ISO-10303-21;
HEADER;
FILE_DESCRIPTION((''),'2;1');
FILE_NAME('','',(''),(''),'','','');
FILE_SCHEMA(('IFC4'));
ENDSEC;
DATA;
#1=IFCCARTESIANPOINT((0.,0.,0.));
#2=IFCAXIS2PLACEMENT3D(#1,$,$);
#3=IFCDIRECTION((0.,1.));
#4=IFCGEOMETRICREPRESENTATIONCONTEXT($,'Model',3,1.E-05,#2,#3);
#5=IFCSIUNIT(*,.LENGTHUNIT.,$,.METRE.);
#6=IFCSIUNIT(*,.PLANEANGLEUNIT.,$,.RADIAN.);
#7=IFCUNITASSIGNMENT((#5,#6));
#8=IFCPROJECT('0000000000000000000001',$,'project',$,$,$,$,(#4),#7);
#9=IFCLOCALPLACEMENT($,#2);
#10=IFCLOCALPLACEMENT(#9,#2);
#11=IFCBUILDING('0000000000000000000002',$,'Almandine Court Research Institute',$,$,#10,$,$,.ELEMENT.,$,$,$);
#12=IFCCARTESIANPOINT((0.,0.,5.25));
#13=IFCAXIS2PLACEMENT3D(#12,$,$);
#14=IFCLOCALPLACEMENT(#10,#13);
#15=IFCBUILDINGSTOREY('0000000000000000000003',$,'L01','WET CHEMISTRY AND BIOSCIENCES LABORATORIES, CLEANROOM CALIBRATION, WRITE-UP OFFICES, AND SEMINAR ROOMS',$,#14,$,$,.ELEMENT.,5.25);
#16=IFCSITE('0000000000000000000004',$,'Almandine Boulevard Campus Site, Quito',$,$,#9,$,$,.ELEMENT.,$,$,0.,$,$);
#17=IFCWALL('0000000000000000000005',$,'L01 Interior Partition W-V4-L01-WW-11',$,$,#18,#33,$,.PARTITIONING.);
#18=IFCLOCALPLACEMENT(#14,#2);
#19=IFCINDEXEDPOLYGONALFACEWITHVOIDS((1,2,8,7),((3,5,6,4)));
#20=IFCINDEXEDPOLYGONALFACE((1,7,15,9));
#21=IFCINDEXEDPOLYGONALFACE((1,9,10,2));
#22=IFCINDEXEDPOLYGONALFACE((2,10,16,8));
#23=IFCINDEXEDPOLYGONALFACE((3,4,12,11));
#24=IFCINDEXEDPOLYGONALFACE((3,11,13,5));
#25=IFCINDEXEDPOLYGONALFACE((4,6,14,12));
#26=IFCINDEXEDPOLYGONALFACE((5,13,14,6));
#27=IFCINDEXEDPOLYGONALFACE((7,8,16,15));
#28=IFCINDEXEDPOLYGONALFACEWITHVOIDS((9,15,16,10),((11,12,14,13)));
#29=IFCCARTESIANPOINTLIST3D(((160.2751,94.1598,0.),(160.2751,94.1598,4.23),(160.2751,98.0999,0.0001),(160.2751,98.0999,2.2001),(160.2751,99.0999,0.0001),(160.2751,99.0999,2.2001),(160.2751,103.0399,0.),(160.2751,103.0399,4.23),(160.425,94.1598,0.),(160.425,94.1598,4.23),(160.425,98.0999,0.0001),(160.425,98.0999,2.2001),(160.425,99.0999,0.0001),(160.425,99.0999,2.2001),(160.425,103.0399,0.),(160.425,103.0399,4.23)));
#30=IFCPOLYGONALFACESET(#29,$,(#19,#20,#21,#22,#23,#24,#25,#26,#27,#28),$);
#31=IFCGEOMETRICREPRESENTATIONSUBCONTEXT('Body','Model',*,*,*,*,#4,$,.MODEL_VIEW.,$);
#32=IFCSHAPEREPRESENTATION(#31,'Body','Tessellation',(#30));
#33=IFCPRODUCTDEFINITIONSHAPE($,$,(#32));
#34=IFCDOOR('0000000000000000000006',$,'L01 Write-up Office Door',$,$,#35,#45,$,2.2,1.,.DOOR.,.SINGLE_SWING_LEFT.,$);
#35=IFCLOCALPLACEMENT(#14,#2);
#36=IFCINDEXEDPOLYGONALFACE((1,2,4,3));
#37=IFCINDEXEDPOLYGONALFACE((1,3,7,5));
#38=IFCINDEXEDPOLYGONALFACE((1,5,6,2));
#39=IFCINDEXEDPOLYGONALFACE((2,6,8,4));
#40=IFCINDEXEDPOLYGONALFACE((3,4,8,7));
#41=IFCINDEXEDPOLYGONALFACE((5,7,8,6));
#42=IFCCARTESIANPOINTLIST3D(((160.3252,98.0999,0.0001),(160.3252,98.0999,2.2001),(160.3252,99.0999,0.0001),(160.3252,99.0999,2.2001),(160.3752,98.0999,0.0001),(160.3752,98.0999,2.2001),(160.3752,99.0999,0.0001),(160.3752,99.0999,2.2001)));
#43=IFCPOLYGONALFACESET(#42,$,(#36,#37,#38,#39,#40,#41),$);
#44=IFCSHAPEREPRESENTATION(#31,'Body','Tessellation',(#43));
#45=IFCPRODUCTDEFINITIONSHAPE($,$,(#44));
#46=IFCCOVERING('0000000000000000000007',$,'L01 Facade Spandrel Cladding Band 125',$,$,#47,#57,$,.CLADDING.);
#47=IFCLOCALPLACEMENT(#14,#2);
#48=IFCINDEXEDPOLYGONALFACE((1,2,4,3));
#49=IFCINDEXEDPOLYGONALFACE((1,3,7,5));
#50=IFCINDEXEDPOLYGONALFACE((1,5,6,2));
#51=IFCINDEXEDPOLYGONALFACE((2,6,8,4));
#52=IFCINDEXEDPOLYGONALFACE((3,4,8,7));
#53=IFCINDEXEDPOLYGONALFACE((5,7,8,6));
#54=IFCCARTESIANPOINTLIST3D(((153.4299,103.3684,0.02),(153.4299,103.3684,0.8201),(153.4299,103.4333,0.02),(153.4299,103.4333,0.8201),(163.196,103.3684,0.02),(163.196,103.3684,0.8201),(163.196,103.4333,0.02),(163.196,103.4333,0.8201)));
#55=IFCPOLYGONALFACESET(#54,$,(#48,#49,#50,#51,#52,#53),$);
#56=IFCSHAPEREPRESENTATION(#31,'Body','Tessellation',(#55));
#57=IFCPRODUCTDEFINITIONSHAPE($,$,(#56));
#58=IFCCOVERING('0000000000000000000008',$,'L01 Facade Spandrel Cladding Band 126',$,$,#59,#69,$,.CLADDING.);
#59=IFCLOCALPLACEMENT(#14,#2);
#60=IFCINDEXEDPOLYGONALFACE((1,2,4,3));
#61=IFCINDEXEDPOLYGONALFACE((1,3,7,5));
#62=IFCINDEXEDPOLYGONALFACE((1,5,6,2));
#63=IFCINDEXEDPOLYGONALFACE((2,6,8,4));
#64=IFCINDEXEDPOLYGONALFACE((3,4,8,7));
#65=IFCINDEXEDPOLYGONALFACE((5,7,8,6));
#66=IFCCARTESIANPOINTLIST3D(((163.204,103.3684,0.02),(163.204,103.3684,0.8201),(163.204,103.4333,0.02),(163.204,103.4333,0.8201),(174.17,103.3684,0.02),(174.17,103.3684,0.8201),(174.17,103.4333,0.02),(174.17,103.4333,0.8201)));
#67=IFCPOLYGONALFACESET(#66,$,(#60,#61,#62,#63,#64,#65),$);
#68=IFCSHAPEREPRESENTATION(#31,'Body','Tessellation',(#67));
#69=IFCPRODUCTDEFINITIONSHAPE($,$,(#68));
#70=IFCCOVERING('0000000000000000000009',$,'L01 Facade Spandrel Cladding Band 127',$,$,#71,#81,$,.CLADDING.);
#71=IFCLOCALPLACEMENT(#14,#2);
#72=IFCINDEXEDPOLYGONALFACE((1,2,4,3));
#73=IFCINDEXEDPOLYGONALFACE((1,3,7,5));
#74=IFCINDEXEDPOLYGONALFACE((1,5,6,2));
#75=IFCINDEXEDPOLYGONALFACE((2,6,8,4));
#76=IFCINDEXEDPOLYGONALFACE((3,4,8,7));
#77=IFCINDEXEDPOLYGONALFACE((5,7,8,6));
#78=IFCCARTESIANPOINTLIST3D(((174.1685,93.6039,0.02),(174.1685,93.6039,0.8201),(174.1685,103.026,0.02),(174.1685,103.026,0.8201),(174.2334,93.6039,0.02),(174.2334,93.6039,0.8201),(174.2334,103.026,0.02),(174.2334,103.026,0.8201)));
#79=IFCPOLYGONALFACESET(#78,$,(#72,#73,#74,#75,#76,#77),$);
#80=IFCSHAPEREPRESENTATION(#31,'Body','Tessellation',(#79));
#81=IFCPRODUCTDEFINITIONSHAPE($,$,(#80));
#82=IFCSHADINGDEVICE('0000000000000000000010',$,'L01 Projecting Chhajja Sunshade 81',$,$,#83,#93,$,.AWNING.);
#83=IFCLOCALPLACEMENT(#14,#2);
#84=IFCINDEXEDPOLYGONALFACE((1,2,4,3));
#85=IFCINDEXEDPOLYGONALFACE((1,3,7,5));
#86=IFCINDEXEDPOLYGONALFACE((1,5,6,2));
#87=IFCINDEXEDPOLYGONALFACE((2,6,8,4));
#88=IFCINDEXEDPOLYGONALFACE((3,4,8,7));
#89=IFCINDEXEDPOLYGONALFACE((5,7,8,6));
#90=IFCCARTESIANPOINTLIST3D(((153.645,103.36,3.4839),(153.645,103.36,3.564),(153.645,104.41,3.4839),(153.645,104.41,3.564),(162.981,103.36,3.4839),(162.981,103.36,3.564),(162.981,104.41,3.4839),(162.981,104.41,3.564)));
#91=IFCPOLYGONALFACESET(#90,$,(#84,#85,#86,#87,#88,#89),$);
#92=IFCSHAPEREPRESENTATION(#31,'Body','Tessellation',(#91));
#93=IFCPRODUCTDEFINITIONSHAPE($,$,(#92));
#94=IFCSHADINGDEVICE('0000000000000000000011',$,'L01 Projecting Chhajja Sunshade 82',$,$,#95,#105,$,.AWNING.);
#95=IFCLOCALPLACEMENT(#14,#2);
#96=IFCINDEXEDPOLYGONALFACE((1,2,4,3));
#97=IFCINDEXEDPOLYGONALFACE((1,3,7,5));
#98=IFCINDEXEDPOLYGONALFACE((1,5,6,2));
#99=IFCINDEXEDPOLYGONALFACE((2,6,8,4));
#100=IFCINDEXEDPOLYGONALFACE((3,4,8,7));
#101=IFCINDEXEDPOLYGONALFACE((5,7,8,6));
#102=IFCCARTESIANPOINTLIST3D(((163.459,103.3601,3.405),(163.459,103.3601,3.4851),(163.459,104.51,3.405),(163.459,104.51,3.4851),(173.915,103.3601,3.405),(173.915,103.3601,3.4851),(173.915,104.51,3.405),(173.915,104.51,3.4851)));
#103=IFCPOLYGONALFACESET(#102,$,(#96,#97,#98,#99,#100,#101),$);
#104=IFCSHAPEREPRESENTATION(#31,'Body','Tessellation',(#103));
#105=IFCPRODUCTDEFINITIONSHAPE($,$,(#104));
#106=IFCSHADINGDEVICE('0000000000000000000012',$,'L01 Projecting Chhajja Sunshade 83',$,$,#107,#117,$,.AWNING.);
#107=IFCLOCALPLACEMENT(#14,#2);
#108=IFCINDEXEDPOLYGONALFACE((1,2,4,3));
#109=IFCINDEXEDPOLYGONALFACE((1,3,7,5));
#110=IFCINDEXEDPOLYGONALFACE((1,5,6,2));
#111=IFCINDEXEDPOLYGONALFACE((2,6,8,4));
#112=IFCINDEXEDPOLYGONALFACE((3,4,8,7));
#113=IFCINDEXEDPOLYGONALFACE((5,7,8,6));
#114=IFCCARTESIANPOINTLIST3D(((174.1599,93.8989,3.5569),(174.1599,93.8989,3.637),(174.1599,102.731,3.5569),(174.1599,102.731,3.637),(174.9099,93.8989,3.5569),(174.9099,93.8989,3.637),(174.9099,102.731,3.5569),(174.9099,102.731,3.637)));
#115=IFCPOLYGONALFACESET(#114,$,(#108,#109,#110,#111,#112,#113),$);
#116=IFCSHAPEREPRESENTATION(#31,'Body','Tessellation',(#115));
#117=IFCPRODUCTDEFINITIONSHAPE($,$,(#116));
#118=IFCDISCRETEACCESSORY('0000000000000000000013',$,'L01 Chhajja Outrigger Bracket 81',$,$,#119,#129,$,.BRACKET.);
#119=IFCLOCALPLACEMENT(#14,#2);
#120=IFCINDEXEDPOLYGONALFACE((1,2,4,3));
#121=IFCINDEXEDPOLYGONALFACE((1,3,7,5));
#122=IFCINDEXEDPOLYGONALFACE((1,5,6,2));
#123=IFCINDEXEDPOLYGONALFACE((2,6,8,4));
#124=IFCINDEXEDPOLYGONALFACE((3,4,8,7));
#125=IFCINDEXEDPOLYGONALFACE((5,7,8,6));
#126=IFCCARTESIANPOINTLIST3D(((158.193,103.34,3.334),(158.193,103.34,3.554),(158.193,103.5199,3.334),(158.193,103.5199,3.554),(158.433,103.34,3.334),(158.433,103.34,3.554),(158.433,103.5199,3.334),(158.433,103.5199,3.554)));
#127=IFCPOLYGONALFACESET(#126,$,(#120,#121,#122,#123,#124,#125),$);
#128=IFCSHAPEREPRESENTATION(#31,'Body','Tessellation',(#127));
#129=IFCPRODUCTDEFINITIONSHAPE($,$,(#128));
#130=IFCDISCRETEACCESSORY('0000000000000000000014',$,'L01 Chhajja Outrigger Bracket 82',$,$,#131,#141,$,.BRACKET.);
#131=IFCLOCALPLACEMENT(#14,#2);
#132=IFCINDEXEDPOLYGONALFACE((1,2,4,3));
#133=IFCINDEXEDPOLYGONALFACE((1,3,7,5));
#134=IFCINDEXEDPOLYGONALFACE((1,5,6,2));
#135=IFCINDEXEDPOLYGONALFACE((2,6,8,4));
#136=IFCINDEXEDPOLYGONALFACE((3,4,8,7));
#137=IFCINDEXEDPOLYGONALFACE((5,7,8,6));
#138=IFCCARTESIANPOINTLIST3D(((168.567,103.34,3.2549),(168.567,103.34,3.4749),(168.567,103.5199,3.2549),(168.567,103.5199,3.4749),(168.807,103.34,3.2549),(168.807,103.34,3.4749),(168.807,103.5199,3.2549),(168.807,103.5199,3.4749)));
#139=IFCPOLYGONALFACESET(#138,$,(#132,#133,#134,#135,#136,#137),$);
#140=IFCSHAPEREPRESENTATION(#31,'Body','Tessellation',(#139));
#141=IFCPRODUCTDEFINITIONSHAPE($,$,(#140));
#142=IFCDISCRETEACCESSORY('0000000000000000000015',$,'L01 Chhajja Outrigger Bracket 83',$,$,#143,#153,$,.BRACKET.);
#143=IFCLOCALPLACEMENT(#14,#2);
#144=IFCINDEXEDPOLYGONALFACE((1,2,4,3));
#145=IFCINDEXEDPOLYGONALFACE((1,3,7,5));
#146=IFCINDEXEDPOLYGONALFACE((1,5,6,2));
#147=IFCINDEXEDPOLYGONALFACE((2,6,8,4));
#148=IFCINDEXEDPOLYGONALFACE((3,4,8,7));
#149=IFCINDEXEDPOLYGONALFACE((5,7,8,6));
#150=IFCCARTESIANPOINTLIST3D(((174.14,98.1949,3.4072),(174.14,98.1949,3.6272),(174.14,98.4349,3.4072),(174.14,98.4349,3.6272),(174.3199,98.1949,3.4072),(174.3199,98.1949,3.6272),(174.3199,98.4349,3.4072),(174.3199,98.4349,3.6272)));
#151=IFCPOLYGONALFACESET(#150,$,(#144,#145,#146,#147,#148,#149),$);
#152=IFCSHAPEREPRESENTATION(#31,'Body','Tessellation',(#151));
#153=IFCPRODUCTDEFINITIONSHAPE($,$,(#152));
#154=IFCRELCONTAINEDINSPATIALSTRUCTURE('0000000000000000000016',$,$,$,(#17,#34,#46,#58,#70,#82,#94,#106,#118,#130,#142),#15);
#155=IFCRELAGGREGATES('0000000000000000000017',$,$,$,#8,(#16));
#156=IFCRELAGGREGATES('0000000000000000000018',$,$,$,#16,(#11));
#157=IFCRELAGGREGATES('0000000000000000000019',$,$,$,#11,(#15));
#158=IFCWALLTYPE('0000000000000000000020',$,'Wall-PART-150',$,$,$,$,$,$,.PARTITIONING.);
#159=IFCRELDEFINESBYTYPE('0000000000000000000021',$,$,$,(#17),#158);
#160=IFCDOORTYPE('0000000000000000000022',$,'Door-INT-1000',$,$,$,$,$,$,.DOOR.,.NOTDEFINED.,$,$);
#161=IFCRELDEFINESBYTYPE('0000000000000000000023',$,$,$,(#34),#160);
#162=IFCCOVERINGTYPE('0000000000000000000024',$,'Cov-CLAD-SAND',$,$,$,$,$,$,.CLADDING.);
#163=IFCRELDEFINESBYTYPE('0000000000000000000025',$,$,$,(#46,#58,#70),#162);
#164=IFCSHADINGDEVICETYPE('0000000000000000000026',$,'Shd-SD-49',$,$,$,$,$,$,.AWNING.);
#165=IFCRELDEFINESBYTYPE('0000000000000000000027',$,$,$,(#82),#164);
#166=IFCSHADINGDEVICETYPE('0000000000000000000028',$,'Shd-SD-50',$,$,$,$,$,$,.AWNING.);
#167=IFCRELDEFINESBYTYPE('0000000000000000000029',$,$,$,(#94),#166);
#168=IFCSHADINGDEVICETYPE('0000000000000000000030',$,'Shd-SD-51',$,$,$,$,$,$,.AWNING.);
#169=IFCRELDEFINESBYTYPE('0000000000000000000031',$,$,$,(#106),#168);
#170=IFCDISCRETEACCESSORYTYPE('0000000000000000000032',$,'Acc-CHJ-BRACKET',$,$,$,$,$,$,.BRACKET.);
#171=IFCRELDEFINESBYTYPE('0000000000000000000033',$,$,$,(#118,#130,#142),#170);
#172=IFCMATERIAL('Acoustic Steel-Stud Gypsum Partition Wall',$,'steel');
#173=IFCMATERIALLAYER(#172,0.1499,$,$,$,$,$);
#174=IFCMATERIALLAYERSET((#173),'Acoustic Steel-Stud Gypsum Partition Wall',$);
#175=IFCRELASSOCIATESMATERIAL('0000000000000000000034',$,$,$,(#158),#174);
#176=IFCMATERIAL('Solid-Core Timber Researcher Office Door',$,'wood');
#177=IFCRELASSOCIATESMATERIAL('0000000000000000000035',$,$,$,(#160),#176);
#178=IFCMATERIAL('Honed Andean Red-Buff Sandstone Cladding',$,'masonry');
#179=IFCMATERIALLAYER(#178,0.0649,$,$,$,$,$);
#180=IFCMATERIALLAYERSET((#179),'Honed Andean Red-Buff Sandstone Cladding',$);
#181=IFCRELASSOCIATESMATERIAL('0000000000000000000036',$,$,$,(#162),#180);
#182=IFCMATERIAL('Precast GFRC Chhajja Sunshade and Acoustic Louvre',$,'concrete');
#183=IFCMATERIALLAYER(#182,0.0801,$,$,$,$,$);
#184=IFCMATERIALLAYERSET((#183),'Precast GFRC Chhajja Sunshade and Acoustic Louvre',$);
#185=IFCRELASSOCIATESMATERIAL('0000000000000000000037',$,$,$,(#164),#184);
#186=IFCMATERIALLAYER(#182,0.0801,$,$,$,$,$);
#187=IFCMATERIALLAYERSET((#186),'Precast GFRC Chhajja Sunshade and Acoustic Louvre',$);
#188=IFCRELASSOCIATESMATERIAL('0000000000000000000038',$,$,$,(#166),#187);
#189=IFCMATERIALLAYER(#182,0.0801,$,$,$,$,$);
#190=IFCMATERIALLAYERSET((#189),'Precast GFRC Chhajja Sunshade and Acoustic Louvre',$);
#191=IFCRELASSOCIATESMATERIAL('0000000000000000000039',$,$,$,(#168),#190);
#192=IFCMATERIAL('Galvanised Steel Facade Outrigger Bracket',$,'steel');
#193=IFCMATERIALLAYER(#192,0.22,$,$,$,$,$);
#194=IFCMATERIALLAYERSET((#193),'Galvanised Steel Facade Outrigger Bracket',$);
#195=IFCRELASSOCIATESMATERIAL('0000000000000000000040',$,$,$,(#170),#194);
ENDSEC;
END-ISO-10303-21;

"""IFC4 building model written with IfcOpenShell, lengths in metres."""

from ifc_helpers import new_model, si_unit, direction, frame, frame_2d, origin, origin_2d, place, context, subcontext, project, spatial, rectangle, extrude, material, layer, layer_set, type_object, element, fill, save


model = new_model("IFC4")

# Units and contexts
model_context = context("Model", 3, precision=1e-05, world=origin(), true_north=direction((0.0, 1.0)))
body_context = subcontext(model_context, "Body", "Model", "MODEL_VIEW")
ifc_project = project(units=[si_unit("LENGTHUNIT", "METRE"), si_unit("PLANEANGLEUNIT", "RADIAN")], contexts=[model_context])

# Site, building, storey
site_placement = place(None, origin())
site = spatial("IfcSite", under=ifc_project, at=site_placement, Name="Almandine Boulevard Campus Site, Quito", CompositionType="ELEMENT", RefElevation=0.0)
building_placement = place(site_placement, origin())
building = spatial("IfcBuilding", under=site, at=building_placement, Name="Almandine Court Research Institute", CompositionType="ELEMENT")
storey_placement = place(building_placement, frame((0.0, 0.0, 5.25)))
storey = spatial("IfcBuildingStorey", under=building, at=storey_placement, Name="L01", Description="WET CHEMISTRY AND BIOSCIENCES LABORATORIES, CLEANROOM CALIBRATION, WRITE-UP OFFICES, AND SEMINAR ROOMS", CompositionType="ELEMENT", Elevation=5.25)

# Wall, opening, door
ifc_material_1 = material(Name="Acoustic Steel-Stud Gypsum Partition Wall", Category="steel")
ifc_layer_1 = layer(ifc_material_1, 0.1499)
ifc_layer_set_1 = layer_set([ifc_layer_1], Name="Acoustic Steel-Stud Gypsum Partition Wall")
wall_type_1 = type_object("IfcWallType", Name="Wall-PART-150", PredefinedType="PARTITIONING", material=ifc_layer_set_1)
wall_1_placement = place(storey_placement, frame((160.3501, 94.1599, 0.0), z_axis=(0.0, 0.0, 1.0), x_axis=(0.0, 1.0, 0.0)))
wall_1 = element("IfcWall", 1, at=wall_1_placement, inside=storey, type_object=wall_type_1, Name="L01 Interior Partition W-V4-L01-WW-11", PredefinedType="PARTITIONING", context=body_context, shape_type="SweptSolid", body=[
    extrude(rectangle(XDim=8.8801, YDim=0.1499, at=frame_2d((4.4399, 0.0))), origin(), (0.0, 0.0, 1.0), 4.23),
])
opening_1_placement = place(wall_1_placement, frame((3.9399, 0.0, 0.0)))
opening_1 = element("IfcOpeningElement", 2, at=opening_1_placement, cuts=wall_1, PredefinedType="OPENING", context=body_context, shape_type="SweptSolid", body=[
    extrude(rectangle(XDim=1.0, YDim=2.2, at=frame_2d((0.5, 1.1001))), frame((0.0, 0.085, 0.0), z_axis=(0.0, -1.0, 0.0), x_axis=(1.0, 0.0, 0.0)), (0.0, 0.0, 1.0), 0.1699),
])
ifc_material_2 = material(Name="Solid-Core Timber Researcher Office Door", Category="wood")
door_type = type_object("IfcDoorType", Name="Door-INT-1000", OperationType="NOTDEFINED", PredefinedType="DOOR", material=ifc_material_2)
door_placement = place(opening_1_placement, origin())
door = element("IfcDoor", 3, at=door_placement, inside=storey, type_object=door_type, Name="L01 Write-up Office Door", OperationType="SINGLE_SWING_LEFT", OverallHeight=2.2, OverallWidth=1.0, PredefinedType="DOOR", context=body_context, shape_type="SweptSolid", body=[
    extrude(rectangle(XDim=1.0, YDim=2.2, at=frame_2d((0.5, 1.1001))), frame((0.0, 0.0249, 0.0), z_axis=(0.0, -1.0, 0.0), x_axis=(1.0, 0.0, 0.0)), (0.0, 0.0, 1.0), 0.05),
])
fill(opening_1, door)

# Coverings
ifc_material_3 = material(Name="Honed Andean Red-Buff Sandstone Cladding", Category="masonry")
ifc_layer_2 = layer(ifc_material_3, 0.0649)
ifc_layer_set_2 = layer_set([ifc_layer_2], Name="Honed Andean Red-Buff Sandstone Cladding")
covering_type = type_object("IfcCoveringType", Name="Cov-CLAD-SAND", PredefinedType="CLADDING", material=ifc_layer_set_2)
covering_1_placement = place(storey_placement, frame((158.313, 103.4009, 0.02), z_axis=(0.0, 0.0, 1.0), x_axis=(1.0, 0.0, 0.0)))
element("IfcCovering", 4, at=covering_1_placement, inside=storey, type_object=covering_type, Name="L01 Facade Spandrel Cladding Band 125", PredefinedType="CLADDING", context=body_context, shape_type="SweptSolid", body=[
    extrude(rectangle(XDim=9.7661, YDim=0.0649, at=origin_2d()), origin(), (0.0, 0.0, 1.0), 0.8),
])
covering_2_placement = place(storey_placement, frame((168.687, 103.4009, 0.02), z_axis=(0.0, 0.0, 1.0), x_axis=(1.0, 0.0, 0.0)))
element("IfcCovering", 5, at=covering_2_placement, inside=storey, type_object=covering_type, Name="L01 Facade Spandrel Cladding Band 126", PredefinedType="CLADDING", context=body_context, shape_type="SweptSolid", body=[
    extrude(rectangle(XDim=10.9661, YDim=0.0649, at=origin_2d()), origin(), (0.0, 0.0, 1.0), 0.8),
])
covering_3_placement = place(storey_placement, frame((174.2009, 98.3149, 0.02), z_axis=(0.0, 0.0, 1.0), x_axis=(0.0, -1.0, 0.0)))
element("IfcCovering", 6, at=covering_3_placement, inside=storey, type_object=covering_type, Name="L01 Facade Spandrel Cladding Band 127", PredefinedType="CLADDING", context=body_context, shape_type="SweptSolid", body=[
    extrude(rectangle(XDim=9.4221, YDim=0.0649, at=origin_2d()), origin(), (0.0, 0.0, 1.0), 0.8),
])

# Shading devices
ifc_material_4 = material(Name="Precast GFRC Chhajja Sunshade and Acoustic Louvre", Category="concrete")
ifc_layer_3 = layer(ifc_material_4, 0.0801)
ifc_layer_set_3 = layer_set([ifc_layer_3], Name="Precast GFRC Chhajja Sunshade and Acoustic Louvre")
shading_device_type_1 = type_object("IfcShadingDeviceType", Name="Shd-SD-49", PredefinedType="AWNING", material=ifc_layer_set_3)
shading_device_1_placement = place(storey_placement, frame((158.313, 103.885, 3.4839), z_axis=(0.0, 0.0, 1.0), x_axis=(1.0, 0.0, 0.0)))
element("IfcShadingDevice", 7, at=shading_device_1_placement, inside=storey, type_object=shading_device_type_1, Name="L01 Projecting Chhajja Sunshade 81", PredefinedType="AWNING", context=body_context, shape_type="SweptSolid", body=[
    extrude(rectangle(XDim=9.3359, YDim=1.05, at=origin_2d()), origin(), (0.0, 0.0, 1.0), 0.0801),
])
ifc_layer_4 = layer(ifc_material_4, 0.0801)
ifc_layer_set_4 = layer_set([ifc_layer_4], Name="Precast GFRC Chhajja Sunshade and Acoustic Louvre")
shading_device_type_2 = type_object("IfcShadingDeviceType", Name="Shd-SD-50", PredefinedType="AWNING", material=ifc_layer_set_4)
shading_device_2_placement = place(storey_placement, frame((168.687, 103.9351, 3.405), z_axis=(0.0, 0.0, 1.0), x_axis=(1.0, 0.0, 0.0)))
element("IfcShadingDevice", 8, at=shading_device_2_placement, inside=storey, type_object=shading_device_type_2, Name="L01 Projecting Chhajja Sunshade 82", PredefinedType="AWNING", context=body_context, shape_type="SweptSolid", body=[
    extrude(rectangle(XDim=10.4561, YDim=1.1499, at=origin_2d()), origin(), (0.0, 0.0, 1.0), 0.0801),
])
ifc_layer_5 = layer(ifc_material_4, 0.0801)
ifc_layer_set_5 = layer_set([ifc_layer_5], Name="Precast GFRC Chhajja Sunshade and Acoustic Louvre")
shading_device_type_3 = type_object("IfcShadingDeviceType", Name="Shd-SD-51", PredefinedType="AWNING", material=ifc_layer_set_5)
shading_device_3_placement = place(storey_placement, frame((174.5349, 98.3149, 3.5569), z_axis=(0.0, 0.0, 1.0), x_axis=(0.0, -1.0, 0.0)))
element("IfcShadingDevice", 9, at=shading_device_3_placement, inside=storey, type_object=shading_device_type_3, Name="L01 Projecting Chhajja Sunshade 83", PredefinedType="AWNING", context=body_context, shape_type="SweptSolid", body=[
    extrude(rectangle(XDim=8.832, YDim=0.75, at=origin_2d()), origin(), (0.0, 0.0, 1.0), 0.0801),
])

# Discrete accessories
ifc_material_5 = material(Name="Galvanised Steel Facade Outrigger Bracket", Category="steel")
ifc_layer_6 = layer(ifc_material_5, 0.22)
ifc_layer_set_6 = layer_set([ifc_layer_6], Name="Galvanised Steel Facade Outrigger Bracket")
discrete_accessory_type = type_object("IfcDiscreteAccessoryType", Name="Acc-CHJ-BRACKET", PredefinedType="BRACKET", material=ifc_layer_set_6)
for number, where, z_axis, x_axis, name in (
    (10, (158.313, 103.4299, 3.334), (0.0, 0.0, 1.0), (1.0, 0.0, 0.0), "L01 Chhajja Outrigger Bracket 81"),
    (11, (168.687, 103.4299, 3.2549), (0.0, 0.0, 1.0), (1.0, 0.0, 0.0), "L01 Chhajja Outrigger Bracket 82"),
    (12, (174.23, 98.3149, 3.4072), (0.0, 0.0, 1.0), (0.0, -1.0, 0.0), "L01 Chhajja Outrigger Bracket 83"),
):
    element("IfcDiscreteAccessory", number, at=place(storey_placement, frame(where, z_axis=z_axis, x_axis=x_axis)), inside=storey, type_object=discrete_accessory_type, Name=name, PredefinedType="BRACKET", context=body_context, shape_type="SweptSolid", body=[
        extrude(rectangle(XDim=0.24, YDim=0.1799, at=origin_2d()), origin(), (0.0, 0.0, 1.0), 0.22),
    ])

save(model, "model.ifc")
